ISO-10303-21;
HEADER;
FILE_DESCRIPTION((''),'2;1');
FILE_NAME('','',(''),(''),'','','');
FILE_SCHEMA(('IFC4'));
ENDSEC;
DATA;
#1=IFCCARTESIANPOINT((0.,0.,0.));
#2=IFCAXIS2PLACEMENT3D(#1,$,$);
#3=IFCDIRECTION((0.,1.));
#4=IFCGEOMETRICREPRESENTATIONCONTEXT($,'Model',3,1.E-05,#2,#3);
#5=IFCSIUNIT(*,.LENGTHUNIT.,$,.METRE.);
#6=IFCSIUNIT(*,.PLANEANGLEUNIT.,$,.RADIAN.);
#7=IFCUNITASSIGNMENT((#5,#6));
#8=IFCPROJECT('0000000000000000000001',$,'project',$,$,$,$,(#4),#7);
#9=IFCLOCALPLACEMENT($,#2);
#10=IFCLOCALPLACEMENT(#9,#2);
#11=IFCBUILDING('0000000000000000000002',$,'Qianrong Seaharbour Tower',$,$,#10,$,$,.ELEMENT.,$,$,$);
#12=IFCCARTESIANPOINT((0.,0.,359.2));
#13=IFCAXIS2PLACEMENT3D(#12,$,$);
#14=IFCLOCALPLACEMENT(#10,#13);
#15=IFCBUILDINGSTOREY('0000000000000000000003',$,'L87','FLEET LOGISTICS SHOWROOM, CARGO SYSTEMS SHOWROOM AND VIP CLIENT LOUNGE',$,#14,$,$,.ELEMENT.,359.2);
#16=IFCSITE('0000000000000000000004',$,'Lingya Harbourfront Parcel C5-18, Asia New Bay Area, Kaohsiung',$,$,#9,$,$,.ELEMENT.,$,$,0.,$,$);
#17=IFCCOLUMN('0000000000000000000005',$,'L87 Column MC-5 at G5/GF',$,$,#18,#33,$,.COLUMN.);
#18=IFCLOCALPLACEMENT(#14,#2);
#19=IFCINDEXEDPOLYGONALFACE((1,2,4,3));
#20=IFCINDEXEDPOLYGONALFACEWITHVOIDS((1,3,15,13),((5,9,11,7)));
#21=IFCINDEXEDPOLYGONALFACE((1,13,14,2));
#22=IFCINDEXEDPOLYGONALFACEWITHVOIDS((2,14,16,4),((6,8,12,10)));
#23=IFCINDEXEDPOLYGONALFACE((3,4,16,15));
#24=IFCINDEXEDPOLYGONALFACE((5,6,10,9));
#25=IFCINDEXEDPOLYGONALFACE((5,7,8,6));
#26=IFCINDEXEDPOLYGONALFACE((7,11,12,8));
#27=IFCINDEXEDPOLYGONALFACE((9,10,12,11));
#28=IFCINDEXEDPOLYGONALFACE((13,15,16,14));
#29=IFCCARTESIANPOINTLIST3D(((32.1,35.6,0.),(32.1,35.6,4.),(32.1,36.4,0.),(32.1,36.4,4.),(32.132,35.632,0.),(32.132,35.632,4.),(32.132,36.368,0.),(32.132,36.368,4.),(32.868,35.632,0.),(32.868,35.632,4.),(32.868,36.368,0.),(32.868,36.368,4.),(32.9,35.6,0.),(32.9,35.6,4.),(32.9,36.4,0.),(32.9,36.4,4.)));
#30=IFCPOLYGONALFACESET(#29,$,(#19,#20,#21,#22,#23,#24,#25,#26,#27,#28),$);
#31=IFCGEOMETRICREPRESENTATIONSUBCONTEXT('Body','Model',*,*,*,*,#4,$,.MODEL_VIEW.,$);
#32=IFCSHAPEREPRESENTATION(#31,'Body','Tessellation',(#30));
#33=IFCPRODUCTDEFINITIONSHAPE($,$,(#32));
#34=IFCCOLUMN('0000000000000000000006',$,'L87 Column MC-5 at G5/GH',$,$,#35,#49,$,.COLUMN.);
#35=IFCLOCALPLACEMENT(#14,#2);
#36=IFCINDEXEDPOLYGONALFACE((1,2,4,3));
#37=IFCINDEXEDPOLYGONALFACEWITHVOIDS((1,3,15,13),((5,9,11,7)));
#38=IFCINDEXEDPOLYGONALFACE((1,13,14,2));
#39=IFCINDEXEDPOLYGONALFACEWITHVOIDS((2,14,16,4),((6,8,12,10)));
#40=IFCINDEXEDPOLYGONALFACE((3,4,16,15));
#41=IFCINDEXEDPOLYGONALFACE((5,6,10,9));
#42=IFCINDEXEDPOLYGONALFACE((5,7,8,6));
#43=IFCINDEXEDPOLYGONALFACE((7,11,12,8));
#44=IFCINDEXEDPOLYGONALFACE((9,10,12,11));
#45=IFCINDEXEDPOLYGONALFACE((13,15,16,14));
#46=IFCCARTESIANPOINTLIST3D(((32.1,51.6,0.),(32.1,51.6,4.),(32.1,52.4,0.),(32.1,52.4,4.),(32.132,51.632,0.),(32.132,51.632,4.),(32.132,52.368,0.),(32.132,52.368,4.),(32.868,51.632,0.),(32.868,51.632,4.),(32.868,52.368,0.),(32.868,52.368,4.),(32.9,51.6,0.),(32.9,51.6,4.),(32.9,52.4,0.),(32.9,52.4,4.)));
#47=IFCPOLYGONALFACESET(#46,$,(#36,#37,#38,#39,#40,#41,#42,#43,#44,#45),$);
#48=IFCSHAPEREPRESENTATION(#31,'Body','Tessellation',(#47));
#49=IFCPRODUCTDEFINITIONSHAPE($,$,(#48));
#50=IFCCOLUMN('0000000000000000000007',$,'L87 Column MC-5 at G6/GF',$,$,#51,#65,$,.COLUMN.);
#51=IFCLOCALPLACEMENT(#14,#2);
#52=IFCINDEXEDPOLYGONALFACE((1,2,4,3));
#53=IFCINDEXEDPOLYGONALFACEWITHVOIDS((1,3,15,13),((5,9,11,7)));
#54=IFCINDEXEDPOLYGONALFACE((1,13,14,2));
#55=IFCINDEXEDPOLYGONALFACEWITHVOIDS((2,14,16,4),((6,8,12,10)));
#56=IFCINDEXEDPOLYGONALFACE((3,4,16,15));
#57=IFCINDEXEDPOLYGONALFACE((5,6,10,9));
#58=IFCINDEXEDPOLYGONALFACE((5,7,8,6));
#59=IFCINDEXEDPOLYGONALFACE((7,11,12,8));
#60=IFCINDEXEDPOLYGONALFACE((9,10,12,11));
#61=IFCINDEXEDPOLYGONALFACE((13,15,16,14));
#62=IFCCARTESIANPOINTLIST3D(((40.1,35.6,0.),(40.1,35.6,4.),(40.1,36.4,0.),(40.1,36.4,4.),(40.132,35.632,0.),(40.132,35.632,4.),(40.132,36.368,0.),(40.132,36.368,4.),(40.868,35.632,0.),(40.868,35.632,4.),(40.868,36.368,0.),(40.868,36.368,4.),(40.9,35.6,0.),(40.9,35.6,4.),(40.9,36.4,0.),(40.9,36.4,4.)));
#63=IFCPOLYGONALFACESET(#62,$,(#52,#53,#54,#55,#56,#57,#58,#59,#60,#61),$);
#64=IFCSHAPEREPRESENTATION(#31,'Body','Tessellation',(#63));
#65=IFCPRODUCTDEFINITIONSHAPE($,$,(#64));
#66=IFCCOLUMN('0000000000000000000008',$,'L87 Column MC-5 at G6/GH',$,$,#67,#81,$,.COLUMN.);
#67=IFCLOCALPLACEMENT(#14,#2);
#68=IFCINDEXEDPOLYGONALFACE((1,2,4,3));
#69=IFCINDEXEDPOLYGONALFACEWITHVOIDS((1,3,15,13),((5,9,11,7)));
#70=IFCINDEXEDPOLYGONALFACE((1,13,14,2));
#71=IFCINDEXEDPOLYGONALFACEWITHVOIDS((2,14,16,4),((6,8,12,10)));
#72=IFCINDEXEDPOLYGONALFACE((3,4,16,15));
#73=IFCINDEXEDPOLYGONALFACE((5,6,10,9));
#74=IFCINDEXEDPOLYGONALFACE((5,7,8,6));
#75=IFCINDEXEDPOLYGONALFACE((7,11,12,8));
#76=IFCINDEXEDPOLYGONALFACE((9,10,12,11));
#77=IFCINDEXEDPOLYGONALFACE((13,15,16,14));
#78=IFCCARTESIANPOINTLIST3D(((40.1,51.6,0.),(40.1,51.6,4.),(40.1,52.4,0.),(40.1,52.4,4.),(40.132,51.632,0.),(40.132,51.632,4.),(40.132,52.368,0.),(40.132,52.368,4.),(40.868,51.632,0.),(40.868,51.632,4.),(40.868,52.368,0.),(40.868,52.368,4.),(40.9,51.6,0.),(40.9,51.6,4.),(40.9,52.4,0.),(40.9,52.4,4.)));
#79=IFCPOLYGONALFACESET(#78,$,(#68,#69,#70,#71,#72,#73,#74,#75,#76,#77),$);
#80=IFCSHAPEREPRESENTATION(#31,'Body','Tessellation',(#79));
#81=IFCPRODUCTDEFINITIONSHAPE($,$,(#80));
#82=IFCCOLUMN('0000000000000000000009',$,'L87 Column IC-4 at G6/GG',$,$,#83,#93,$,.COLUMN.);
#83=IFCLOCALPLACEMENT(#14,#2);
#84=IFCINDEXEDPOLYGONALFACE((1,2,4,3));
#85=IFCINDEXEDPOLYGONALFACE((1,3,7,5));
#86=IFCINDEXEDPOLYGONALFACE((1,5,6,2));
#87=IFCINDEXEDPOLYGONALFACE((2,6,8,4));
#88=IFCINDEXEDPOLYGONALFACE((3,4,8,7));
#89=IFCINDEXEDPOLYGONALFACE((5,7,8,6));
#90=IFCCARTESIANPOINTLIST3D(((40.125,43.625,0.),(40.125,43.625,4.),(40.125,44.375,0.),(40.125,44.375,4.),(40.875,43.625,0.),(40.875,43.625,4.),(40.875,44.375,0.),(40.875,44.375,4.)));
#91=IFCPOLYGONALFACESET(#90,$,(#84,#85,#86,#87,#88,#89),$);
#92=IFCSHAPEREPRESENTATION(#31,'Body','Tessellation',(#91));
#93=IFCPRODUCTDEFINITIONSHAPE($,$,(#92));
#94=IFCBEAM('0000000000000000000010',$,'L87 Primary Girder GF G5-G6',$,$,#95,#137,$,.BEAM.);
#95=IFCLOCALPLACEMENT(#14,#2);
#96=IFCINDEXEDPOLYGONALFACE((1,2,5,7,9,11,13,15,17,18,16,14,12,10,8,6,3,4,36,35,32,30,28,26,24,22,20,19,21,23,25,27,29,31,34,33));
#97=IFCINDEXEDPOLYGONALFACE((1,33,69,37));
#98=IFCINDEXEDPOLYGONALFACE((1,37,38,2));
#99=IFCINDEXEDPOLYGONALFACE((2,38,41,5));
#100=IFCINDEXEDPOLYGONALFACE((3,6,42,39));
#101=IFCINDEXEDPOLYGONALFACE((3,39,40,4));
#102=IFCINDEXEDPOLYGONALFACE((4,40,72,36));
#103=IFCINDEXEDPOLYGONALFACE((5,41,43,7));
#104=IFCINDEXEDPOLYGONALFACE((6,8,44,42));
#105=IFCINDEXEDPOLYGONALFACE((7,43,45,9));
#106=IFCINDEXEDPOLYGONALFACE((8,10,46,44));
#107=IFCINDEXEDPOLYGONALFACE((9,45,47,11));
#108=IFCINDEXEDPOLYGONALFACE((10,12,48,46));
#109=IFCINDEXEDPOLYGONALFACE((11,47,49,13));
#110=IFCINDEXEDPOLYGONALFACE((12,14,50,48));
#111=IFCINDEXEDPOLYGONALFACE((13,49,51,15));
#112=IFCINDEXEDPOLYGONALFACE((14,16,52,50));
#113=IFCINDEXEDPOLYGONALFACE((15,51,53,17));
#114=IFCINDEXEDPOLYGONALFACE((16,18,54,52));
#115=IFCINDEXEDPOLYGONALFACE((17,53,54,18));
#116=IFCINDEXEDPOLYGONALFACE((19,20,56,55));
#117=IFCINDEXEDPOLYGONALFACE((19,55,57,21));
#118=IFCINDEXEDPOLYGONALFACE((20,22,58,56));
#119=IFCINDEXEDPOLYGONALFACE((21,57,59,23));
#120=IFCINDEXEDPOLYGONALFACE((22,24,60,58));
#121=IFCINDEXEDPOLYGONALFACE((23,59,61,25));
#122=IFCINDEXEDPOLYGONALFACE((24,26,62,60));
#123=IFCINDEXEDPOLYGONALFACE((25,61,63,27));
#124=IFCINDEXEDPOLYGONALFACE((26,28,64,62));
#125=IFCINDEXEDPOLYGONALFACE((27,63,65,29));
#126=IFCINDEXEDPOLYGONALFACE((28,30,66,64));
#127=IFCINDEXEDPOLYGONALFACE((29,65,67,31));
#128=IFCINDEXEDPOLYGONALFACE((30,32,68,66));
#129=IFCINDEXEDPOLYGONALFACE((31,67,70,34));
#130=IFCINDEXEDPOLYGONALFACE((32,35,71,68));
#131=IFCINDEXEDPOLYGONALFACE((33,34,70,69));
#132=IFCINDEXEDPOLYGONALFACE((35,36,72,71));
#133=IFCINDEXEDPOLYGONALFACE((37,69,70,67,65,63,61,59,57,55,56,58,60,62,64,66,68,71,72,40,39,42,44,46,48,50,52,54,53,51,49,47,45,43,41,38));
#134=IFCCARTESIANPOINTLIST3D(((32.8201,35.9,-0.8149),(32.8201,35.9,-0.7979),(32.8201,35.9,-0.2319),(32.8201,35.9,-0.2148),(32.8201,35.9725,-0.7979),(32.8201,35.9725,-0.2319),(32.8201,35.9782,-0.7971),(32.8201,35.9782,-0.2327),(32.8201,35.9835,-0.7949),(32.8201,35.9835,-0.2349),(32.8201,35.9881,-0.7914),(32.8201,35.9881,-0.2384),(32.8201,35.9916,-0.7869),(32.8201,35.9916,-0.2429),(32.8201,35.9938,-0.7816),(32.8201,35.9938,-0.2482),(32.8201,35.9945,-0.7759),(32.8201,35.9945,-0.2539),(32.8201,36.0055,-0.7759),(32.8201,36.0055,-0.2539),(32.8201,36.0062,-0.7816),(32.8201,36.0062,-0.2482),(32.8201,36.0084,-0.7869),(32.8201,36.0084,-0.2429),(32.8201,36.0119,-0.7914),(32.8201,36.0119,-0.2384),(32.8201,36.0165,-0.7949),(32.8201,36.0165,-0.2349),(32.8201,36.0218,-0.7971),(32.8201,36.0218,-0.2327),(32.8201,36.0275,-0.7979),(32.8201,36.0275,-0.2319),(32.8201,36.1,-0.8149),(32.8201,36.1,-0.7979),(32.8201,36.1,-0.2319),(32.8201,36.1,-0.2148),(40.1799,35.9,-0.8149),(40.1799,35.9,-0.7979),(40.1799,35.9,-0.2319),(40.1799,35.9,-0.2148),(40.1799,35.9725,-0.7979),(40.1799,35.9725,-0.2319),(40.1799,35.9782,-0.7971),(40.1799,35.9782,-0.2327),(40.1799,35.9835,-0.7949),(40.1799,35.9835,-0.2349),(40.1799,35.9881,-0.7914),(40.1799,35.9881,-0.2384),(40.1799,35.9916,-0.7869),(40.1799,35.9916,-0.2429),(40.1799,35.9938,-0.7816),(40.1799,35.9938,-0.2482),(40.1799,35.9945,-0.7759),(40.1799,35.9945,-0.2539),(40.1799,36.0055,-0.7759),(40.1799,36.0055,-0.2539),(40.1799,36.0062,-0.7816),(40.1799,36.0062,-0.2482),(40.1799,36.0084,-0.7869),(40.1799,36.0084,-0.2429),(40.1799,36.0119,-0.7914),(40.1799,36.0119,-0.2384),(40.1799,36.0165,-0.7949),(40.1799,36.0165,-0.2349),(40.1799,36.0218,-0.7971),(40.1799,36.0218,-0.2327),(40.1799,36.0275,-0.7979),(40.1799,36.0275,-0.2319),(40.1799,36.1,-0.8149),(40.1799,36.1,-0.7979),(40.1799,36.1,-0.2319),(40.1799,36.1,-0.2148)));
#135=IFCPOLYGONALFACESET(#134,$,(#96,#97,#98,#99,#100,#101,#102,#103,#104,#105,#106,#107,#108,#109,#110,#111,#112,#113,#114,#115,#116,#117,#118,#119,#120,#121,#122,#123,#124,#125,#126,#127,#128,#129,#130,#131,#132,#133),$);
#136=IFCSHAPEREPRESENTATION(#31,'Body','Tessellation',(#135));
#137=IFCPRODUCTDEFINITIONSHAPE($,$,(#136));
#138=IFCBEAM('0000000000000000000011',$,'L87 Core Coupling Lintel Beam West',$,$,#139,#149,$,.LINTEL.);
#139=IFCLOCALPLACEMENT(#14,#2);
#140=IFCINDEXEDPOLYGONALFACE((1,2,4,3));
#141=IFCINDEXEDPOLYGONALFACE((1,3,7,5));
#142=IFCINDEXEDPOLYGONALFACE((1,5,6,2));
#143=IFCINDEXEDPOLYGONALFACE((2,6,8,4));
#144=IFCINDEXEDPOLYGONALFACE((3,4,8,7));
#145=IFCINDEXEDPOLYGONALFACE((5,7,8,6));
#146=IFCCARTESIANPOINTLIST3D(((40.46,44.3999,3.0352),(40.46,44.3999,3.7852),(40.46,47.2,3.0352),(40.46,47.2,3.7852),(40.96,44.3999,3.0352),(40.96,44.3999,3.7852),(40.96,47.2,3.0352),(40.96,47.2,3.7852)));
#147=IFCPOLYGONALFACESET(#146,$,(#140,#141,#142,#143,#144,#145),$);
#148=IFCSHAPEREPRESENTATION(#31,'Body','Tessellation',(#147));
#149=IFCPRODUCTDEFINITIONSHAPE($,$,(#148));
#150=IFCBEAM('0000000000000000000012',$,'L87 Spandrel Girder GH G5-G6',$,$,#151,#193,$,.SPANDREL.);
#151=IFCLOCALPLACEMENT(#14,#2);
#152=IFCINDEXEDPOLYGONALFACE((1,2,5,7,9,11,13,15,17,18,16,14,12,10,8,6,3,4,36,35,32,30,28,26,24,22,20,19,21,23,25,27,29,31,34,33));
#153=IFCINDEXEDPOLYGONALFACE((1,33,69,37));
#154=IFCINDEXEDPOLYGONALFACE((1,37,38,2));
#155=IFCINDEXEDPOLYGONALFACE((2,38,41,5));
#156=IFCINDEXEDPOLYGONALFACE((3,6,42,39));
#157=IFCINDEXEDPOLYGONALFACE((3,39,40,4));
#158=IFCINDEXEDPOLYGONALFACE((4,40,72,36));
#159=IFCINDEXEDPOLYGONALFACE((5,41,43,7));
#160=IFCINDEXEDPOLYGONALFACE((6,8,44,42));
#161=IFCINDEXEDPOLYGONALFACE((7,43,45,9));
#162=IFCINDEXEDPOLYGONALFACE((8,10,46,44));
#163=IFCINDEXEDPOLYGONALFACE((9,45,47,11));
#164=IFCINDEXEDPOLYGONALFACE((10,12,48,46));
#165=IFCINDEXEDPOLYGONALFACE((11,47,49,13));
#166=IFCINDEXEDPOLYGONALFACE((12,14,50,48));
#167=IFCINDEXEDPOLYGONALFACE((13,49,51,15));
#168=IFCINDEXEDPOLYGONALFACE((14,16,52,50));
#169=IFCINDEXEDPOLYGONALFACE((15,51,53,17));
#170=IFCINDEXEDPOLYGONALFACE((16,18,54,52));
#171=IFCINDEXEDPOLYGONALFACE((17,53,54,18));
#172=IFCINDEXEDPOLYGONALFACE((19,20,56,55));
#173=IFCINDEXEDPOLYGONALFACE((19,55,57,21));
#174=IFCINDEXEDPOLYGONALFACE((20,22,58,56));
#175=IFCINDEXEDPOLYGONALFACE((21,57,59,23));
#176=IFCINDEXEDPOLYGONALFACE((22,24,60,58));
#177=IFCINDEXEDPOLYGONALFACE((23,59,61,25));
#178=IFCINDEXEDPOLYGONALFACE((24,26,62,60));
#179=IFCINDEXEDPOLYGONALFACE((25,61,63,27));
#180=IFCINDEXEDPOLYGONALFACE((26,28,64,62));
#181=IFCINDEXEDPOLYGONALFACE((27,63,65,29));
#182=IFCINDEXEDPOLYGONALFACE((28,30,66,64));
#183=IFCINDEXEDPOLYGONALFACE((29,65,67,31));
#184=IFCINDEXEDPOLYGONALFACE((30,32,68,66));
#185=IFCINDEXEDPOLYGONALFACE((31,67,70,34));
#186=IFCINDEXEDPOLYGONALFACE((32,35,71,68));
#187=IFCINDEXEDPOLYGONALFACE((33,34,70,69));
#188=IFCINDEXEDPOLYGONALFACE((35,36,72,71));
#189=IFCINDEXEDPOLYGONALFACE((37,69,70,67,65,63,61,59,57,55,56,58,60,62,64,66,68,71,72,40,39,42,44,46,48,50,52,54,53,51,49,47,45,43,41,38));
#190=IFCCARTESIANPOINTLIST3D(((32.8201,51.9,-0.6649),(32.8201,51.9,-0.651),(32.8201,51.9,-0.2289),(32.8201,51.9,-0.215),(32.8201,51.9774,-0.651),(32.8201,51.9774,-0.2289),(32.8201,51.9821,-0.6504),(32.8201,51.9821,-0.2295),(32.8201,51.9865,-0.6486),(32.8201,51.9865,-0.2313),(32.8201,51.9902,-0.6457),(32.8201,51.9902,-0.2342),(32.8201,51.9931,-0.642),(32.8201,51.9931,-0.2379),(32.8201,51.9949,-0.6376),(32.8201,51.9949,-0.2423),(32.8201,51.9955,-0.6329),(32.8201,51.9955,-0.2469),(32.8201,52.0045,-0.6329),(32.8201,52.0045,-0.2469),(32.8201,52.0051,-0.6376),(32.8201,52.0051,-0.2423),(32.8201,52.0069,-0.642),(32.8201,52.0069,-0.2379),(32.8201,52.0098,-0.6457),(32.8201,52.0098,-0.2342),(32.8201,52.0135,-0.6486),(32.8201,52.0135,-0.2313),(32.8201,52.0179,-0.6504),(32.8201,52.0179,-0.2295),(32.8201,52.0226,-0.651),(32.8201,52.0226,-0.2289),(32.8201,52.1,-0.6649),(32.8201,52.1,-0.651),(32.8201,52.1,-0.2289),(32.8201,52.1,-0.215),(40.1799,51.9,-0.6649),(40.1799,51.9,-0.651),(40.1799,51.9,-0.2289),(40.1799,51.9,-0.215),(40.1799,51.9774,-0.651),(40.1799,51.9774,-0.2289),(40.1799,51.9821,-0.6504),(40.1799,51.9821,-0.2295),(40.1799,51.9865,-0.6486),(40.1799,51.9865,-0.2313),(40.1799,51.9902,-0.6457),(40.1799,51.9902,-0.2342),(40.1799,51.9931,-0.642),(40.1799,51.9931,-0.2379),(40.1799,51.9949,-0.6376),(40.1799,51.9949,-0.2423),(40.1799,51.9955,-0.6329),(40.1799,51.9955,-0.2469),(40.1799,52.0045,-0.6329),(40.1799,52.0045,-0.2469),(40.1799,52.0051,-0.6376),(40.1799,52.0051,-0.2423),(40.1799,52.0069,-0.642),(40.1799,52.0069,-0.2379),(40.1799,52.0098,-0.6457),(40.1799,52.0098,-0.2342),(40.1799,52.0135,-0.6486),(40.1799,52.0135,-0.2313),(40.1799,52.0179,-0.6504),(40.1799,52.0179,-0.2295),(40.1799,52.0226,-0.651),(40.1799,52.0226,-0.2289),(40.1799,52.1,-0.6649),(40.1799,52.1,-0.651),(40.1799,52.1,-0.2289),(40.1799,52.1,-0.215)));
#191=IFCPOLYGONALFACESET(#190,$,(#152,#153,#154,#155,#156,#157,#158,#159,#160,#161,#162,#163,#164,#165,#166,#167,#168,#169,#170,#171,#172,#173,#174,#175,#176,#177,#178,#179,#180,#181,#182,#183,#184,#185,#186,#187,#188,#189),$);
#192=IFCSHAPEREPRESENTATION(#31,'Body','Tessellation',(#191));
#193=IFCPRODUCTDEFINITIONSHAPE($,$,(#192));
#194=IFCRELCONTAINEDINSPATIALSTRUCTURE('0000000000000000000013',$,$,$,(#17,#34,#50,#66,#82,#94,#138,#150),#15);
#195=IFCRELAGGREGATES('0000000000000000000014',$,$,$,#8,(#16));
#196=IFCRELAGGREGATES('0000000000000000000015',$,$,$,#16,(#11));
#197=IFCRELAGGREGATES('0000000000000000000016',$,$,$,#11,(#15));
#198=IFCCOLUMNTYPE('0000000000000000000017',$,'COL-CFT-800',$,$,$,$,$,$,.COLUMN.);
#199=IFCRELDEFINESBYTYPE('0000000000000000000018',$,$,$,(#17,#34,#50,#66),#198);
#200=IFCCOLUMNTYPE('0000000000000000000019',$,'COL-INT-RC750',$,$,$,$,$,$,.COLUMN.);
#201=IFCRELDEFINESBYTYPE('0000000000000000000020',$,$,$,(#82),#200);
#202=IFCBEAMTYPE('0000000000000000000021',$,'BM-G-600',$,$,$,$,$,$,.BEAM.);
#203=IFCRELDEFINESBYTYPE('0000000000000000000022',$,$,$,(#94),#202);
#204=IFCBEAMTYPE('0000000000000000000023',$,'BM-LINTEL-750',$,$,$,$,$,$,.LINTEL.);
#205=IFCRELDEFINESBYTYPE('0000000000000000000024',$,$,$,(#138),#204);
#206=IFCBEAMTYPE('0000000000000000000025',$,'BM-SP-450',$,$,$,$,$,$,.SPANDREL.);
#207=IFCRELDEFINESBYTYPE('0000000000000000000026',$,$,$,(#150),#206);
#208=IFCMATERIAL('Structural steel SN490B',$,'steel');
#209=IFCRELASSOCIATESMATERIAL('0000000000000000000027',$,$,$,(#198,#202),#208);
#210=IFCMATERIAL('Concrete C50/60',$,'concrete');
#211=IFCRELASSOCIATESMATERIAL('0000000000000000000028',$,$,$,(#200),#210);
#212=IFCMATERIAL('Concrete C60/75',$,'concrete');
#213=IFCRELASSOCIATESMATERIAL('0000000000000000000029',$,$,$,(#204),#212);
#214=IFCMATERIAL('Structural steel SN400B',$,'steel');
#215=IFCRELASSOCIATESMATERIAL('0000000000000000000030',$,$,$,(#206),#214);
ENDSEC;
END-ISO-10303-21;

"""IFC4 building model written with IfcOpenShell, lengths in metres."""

from ifc_helpers import new_model, si_unit, direction, frame, origin, origin_2d, place, context, subcontext, project, spatial, rectangle, hollow_rectangle, i_section, extrude, material, material_profile, profile_set, type_object, element, save


model = new_model("IFC4")

# Units and contexts
model_context = context("Model", 3, precision=1e-05, world=origin(), true_north=direction((0.0, 1.0)))
body_context = subcontext(model_context, "Body", "Model", "MODEL_VIEW")
ifc_project = project(units=[si_unit("LENGTHUNIT", "METRE"), si_unit("PLANEANGLEUNIT", "RADIAN")], contexts=[model_context])

# Site, building, storey
site_placement = place(None, origin())
site = spatial("IfcSite", under=ifc_project, at=site_placement, Name="Lingya Harbourfront Parcel C5-18, Asia New Bay Area, Kaohsiung", CompositionType="ELEMENT", RefElevation=0.0)
building_placement = place(site_placement, origin())
building = spatial("IfcBuilding", under=site, at=building_placement, Name="Qianrong Seaharbour Tower", CompositionType="ELEMENT")
storey_placement = place(building_placement, frame((0.0, 0.0, 359.2)))
storey = spatial("IfcBuildingStorey", under=building, at=storey_placement, Name="L87", Description="FLEET LOGISTICS SHOWROOM, CARGO SYSTEMS SHOWROOM AND VIP CLIENT LOUNGE", CompositionType="ELEMENT", Elevation=359.2)

# Columns
ifc_material_1 = material(Name="Structural steel SN490B", Category="steel")
ifc_material_profile_1 = material_profile(ifc_material_1, hollow_rectangle(XDim=0.8, YDim=0.8, WallThickness=0.032, at=origin_2d()), Name="BOX800x800x32")
ifc_profile_set_1 = profile_set([ifc_material_profile_1], Name="Structural steel SN490B")
column_type_1 = type_object("IfcColumnType", Name="COL-CFT-800", PredefinedType="COLUMN", material=ifc_profile_set_1)
for number, where, z_axis, x_axis, name in (
    (1, (32.5, 36.0, 0.0), (0.0, 0.0, 1.0), (1.0, 0.0, 0.0), "L87 Column MC-5 at G5/GF"),
    (2, (32.5, 52.0, 0.0), (0.0, 0.0, 1.0), (1.0, 0.0, 0.0), "L87 Column MC-5 at G5/GH"),
    (3, (40.5, 36.0, 0.0), (0.0, 0.0, 1.0), (1.0, 0.0, 0.0), "L87 Column MC-5 at G6/GF"),
    (4, (40.5, 52.0, 0.0), (0.0, 0.0, 1.0), (1.0, 0.0, 0.0), "L87 Column MC-5 at G6/GH"),
):
    element("IfcColumn", number, at=place(storey_placement, frame(where, z_axis=z_axis, x_axis=x_axis)), inside=storey, type_object=column_type_1, Name=name, PredefinedType="COLUMN", context=body_context, shape_type="SweptSolid", body=[
        extrude(hollow_rectangle(XDim=0.8, YDim=0.8, WallThickness=0.032, at=origin_2d()), origin(), (0.0, 0.0, 1.0), 4.0),
    ])
ifc_material_2 = material(Name="Concrete C50/60", Category="concrete")
ifc_material_profile_2 = material_profile(ifc_material_2, rectangle(XDim=0.75, YDim=0.75, at=origin_2d()), Name="RC750x750")
ifc_profile_set_2 = profile_set([ifc_material_profile_2], Name="Concrete C50/60")
column_type_2 = type_object("IfcColumnType", Name="COL-INT-RC750", PredefinedType="COLUMN", material=ifc_profile_set_2)
column_placement = place(storey_placement, frame((40.5, 44.0, 0.0), z_axis=(0.0, 0.0, 1.0), x_axis=(1.0, 0.0, 0.0)))
element("IfcColumn", 5, at=column_placement, inside=storey, type_object=column_type_2, Name="L87 Column IC-4 at G6/GG", PredefinedType="COLUMN", context=body_context, shape_type="SweptSolid", body=[
    extrude(rectangle(XDim=0.75, YDim=0.75, at=origin_2d()), origin(), (0.0, 0.0, 1.0), 4.0),
])

# Beams
ifc_material_profile_3 = material_profile(ifc_material_1, i_section(OverallWidth=0.2, OverallDepth=0.6001, WebThickness=0.011, FlangeThickness=0.0171, FilletRadius=0.022, at=origin_2d()), Name="H600x200x11x17")
ifc_profile_set_3 = profile_set([ifc_material_profile_3], Name="Structural steel SN490B")
beam_type_1 = type_object("IfcBeamType", Name="BM-G-600", PredefinedType="BEAM", material=ifc_profile_set_3)
beam_1_placement = place(storey_placement, frame((32.8201, 36.0, -0.5149), z_axis=(1.0, 0.0, 0.0), x_axis=(0.0, 1.0, 0.0)))
element("IfcBeam", 6, at=beam_1_placement, inside=storey, type_object=beam_type_1, Name="L87 Primary Girder GF G5-G6", PredefinedType="BEAM", context=body_context, shape_type="SweptSolid", body=[
    extrude(i_section(OverallWidth=0.2, OverallDepth=0.6001, WebThickness=0.011, FlangeThickness=0.0171, FilletRadius=0.022, at=origin_2d()), origin(), (0.0, 0.0, 1.0), 7.3599),
])
ifc_material_3 = material(Name="Concrete C60/75", Category="concrete")
ifc_material_profile_4 = material_profile(ifc_material_3, rectangle(XDim=0.5, YDim=0.75, at=origin_2d()), Name="RC500x750")
ifc_profile_set_4 = profile_set([ifc_material_profile_4], Name="Concrete C60/75")
beam_type_2 = type_object("IfcBeamType", Name="BM-LINTEL-750", PredefinedType="LINTEL", material=ifc_profile_set_4)
beam_2_placement = place(storey_placement, frame((40.71, 44.3999, 3.4102), z_axis=(0.0, 1.0, 0.0), x_axis=(-1.0, 0.0, 0.0)))
element("IfcBeam", 7, at=beam_2_placement, inside=storey, type_object=beam_type_2, Name="L87 Core Coupling Lintel Beam West", PredefinedType="LINTEL", context=body_context, shape_type="SweptSolid", body=[
    extrude(rectangle(XDim=0.5, YDim=0.75, at=origin_2d()), origin(), (0.0, 0.0, 1.0), 2.8),
])
ifc_material_4 = material(Name="Structural steel SN400B", Category="steel")
ifc_material_profile_5 = material_profile(ifc_material_4, i_section(OverallWidth=0.2, OverallDepth=0.45, WebThickness=0.009, FlangeThickness=0.0139, FilletRadius=0.0181, at=origin_2d()), Name="H450x200x9x14")
ifc_profile_set_5 = profile_set([ifc_material_profile_5], Name="Structural steel SN400B")
beam_type_3 = type_object("IfcBeamType", Name="BM-SP-450", PredefinedType="SPANDREL", material=ifc_profile_set_5)
beam_3_placement = place(storey_placement, frame((32.8201, 52.0, -0.4399), z_axis=(1.0, 0.0, 0.0), x_axis=(0.0, 1.0, 0.0)))
element("IfcBeam", 8, at=beam_3_placement, inside=storey, type_object=beam_type_3, Name="L87 Spandrel Girder GH G5-G6", PredefinedType="SPANDREL", context=body_context, shape_type="SweptSolid", body=[
    extrude(i_section(OverallWidth=0.2, OverallDepth=0.45, WebThickness=0.009, FlangeThickness=0.0139, FilletRadius=0.0181, at=origin_2d()), origin(), (0.0, 0.0, 1.0), 7.3599),
])

save(model, "model.ifc")
